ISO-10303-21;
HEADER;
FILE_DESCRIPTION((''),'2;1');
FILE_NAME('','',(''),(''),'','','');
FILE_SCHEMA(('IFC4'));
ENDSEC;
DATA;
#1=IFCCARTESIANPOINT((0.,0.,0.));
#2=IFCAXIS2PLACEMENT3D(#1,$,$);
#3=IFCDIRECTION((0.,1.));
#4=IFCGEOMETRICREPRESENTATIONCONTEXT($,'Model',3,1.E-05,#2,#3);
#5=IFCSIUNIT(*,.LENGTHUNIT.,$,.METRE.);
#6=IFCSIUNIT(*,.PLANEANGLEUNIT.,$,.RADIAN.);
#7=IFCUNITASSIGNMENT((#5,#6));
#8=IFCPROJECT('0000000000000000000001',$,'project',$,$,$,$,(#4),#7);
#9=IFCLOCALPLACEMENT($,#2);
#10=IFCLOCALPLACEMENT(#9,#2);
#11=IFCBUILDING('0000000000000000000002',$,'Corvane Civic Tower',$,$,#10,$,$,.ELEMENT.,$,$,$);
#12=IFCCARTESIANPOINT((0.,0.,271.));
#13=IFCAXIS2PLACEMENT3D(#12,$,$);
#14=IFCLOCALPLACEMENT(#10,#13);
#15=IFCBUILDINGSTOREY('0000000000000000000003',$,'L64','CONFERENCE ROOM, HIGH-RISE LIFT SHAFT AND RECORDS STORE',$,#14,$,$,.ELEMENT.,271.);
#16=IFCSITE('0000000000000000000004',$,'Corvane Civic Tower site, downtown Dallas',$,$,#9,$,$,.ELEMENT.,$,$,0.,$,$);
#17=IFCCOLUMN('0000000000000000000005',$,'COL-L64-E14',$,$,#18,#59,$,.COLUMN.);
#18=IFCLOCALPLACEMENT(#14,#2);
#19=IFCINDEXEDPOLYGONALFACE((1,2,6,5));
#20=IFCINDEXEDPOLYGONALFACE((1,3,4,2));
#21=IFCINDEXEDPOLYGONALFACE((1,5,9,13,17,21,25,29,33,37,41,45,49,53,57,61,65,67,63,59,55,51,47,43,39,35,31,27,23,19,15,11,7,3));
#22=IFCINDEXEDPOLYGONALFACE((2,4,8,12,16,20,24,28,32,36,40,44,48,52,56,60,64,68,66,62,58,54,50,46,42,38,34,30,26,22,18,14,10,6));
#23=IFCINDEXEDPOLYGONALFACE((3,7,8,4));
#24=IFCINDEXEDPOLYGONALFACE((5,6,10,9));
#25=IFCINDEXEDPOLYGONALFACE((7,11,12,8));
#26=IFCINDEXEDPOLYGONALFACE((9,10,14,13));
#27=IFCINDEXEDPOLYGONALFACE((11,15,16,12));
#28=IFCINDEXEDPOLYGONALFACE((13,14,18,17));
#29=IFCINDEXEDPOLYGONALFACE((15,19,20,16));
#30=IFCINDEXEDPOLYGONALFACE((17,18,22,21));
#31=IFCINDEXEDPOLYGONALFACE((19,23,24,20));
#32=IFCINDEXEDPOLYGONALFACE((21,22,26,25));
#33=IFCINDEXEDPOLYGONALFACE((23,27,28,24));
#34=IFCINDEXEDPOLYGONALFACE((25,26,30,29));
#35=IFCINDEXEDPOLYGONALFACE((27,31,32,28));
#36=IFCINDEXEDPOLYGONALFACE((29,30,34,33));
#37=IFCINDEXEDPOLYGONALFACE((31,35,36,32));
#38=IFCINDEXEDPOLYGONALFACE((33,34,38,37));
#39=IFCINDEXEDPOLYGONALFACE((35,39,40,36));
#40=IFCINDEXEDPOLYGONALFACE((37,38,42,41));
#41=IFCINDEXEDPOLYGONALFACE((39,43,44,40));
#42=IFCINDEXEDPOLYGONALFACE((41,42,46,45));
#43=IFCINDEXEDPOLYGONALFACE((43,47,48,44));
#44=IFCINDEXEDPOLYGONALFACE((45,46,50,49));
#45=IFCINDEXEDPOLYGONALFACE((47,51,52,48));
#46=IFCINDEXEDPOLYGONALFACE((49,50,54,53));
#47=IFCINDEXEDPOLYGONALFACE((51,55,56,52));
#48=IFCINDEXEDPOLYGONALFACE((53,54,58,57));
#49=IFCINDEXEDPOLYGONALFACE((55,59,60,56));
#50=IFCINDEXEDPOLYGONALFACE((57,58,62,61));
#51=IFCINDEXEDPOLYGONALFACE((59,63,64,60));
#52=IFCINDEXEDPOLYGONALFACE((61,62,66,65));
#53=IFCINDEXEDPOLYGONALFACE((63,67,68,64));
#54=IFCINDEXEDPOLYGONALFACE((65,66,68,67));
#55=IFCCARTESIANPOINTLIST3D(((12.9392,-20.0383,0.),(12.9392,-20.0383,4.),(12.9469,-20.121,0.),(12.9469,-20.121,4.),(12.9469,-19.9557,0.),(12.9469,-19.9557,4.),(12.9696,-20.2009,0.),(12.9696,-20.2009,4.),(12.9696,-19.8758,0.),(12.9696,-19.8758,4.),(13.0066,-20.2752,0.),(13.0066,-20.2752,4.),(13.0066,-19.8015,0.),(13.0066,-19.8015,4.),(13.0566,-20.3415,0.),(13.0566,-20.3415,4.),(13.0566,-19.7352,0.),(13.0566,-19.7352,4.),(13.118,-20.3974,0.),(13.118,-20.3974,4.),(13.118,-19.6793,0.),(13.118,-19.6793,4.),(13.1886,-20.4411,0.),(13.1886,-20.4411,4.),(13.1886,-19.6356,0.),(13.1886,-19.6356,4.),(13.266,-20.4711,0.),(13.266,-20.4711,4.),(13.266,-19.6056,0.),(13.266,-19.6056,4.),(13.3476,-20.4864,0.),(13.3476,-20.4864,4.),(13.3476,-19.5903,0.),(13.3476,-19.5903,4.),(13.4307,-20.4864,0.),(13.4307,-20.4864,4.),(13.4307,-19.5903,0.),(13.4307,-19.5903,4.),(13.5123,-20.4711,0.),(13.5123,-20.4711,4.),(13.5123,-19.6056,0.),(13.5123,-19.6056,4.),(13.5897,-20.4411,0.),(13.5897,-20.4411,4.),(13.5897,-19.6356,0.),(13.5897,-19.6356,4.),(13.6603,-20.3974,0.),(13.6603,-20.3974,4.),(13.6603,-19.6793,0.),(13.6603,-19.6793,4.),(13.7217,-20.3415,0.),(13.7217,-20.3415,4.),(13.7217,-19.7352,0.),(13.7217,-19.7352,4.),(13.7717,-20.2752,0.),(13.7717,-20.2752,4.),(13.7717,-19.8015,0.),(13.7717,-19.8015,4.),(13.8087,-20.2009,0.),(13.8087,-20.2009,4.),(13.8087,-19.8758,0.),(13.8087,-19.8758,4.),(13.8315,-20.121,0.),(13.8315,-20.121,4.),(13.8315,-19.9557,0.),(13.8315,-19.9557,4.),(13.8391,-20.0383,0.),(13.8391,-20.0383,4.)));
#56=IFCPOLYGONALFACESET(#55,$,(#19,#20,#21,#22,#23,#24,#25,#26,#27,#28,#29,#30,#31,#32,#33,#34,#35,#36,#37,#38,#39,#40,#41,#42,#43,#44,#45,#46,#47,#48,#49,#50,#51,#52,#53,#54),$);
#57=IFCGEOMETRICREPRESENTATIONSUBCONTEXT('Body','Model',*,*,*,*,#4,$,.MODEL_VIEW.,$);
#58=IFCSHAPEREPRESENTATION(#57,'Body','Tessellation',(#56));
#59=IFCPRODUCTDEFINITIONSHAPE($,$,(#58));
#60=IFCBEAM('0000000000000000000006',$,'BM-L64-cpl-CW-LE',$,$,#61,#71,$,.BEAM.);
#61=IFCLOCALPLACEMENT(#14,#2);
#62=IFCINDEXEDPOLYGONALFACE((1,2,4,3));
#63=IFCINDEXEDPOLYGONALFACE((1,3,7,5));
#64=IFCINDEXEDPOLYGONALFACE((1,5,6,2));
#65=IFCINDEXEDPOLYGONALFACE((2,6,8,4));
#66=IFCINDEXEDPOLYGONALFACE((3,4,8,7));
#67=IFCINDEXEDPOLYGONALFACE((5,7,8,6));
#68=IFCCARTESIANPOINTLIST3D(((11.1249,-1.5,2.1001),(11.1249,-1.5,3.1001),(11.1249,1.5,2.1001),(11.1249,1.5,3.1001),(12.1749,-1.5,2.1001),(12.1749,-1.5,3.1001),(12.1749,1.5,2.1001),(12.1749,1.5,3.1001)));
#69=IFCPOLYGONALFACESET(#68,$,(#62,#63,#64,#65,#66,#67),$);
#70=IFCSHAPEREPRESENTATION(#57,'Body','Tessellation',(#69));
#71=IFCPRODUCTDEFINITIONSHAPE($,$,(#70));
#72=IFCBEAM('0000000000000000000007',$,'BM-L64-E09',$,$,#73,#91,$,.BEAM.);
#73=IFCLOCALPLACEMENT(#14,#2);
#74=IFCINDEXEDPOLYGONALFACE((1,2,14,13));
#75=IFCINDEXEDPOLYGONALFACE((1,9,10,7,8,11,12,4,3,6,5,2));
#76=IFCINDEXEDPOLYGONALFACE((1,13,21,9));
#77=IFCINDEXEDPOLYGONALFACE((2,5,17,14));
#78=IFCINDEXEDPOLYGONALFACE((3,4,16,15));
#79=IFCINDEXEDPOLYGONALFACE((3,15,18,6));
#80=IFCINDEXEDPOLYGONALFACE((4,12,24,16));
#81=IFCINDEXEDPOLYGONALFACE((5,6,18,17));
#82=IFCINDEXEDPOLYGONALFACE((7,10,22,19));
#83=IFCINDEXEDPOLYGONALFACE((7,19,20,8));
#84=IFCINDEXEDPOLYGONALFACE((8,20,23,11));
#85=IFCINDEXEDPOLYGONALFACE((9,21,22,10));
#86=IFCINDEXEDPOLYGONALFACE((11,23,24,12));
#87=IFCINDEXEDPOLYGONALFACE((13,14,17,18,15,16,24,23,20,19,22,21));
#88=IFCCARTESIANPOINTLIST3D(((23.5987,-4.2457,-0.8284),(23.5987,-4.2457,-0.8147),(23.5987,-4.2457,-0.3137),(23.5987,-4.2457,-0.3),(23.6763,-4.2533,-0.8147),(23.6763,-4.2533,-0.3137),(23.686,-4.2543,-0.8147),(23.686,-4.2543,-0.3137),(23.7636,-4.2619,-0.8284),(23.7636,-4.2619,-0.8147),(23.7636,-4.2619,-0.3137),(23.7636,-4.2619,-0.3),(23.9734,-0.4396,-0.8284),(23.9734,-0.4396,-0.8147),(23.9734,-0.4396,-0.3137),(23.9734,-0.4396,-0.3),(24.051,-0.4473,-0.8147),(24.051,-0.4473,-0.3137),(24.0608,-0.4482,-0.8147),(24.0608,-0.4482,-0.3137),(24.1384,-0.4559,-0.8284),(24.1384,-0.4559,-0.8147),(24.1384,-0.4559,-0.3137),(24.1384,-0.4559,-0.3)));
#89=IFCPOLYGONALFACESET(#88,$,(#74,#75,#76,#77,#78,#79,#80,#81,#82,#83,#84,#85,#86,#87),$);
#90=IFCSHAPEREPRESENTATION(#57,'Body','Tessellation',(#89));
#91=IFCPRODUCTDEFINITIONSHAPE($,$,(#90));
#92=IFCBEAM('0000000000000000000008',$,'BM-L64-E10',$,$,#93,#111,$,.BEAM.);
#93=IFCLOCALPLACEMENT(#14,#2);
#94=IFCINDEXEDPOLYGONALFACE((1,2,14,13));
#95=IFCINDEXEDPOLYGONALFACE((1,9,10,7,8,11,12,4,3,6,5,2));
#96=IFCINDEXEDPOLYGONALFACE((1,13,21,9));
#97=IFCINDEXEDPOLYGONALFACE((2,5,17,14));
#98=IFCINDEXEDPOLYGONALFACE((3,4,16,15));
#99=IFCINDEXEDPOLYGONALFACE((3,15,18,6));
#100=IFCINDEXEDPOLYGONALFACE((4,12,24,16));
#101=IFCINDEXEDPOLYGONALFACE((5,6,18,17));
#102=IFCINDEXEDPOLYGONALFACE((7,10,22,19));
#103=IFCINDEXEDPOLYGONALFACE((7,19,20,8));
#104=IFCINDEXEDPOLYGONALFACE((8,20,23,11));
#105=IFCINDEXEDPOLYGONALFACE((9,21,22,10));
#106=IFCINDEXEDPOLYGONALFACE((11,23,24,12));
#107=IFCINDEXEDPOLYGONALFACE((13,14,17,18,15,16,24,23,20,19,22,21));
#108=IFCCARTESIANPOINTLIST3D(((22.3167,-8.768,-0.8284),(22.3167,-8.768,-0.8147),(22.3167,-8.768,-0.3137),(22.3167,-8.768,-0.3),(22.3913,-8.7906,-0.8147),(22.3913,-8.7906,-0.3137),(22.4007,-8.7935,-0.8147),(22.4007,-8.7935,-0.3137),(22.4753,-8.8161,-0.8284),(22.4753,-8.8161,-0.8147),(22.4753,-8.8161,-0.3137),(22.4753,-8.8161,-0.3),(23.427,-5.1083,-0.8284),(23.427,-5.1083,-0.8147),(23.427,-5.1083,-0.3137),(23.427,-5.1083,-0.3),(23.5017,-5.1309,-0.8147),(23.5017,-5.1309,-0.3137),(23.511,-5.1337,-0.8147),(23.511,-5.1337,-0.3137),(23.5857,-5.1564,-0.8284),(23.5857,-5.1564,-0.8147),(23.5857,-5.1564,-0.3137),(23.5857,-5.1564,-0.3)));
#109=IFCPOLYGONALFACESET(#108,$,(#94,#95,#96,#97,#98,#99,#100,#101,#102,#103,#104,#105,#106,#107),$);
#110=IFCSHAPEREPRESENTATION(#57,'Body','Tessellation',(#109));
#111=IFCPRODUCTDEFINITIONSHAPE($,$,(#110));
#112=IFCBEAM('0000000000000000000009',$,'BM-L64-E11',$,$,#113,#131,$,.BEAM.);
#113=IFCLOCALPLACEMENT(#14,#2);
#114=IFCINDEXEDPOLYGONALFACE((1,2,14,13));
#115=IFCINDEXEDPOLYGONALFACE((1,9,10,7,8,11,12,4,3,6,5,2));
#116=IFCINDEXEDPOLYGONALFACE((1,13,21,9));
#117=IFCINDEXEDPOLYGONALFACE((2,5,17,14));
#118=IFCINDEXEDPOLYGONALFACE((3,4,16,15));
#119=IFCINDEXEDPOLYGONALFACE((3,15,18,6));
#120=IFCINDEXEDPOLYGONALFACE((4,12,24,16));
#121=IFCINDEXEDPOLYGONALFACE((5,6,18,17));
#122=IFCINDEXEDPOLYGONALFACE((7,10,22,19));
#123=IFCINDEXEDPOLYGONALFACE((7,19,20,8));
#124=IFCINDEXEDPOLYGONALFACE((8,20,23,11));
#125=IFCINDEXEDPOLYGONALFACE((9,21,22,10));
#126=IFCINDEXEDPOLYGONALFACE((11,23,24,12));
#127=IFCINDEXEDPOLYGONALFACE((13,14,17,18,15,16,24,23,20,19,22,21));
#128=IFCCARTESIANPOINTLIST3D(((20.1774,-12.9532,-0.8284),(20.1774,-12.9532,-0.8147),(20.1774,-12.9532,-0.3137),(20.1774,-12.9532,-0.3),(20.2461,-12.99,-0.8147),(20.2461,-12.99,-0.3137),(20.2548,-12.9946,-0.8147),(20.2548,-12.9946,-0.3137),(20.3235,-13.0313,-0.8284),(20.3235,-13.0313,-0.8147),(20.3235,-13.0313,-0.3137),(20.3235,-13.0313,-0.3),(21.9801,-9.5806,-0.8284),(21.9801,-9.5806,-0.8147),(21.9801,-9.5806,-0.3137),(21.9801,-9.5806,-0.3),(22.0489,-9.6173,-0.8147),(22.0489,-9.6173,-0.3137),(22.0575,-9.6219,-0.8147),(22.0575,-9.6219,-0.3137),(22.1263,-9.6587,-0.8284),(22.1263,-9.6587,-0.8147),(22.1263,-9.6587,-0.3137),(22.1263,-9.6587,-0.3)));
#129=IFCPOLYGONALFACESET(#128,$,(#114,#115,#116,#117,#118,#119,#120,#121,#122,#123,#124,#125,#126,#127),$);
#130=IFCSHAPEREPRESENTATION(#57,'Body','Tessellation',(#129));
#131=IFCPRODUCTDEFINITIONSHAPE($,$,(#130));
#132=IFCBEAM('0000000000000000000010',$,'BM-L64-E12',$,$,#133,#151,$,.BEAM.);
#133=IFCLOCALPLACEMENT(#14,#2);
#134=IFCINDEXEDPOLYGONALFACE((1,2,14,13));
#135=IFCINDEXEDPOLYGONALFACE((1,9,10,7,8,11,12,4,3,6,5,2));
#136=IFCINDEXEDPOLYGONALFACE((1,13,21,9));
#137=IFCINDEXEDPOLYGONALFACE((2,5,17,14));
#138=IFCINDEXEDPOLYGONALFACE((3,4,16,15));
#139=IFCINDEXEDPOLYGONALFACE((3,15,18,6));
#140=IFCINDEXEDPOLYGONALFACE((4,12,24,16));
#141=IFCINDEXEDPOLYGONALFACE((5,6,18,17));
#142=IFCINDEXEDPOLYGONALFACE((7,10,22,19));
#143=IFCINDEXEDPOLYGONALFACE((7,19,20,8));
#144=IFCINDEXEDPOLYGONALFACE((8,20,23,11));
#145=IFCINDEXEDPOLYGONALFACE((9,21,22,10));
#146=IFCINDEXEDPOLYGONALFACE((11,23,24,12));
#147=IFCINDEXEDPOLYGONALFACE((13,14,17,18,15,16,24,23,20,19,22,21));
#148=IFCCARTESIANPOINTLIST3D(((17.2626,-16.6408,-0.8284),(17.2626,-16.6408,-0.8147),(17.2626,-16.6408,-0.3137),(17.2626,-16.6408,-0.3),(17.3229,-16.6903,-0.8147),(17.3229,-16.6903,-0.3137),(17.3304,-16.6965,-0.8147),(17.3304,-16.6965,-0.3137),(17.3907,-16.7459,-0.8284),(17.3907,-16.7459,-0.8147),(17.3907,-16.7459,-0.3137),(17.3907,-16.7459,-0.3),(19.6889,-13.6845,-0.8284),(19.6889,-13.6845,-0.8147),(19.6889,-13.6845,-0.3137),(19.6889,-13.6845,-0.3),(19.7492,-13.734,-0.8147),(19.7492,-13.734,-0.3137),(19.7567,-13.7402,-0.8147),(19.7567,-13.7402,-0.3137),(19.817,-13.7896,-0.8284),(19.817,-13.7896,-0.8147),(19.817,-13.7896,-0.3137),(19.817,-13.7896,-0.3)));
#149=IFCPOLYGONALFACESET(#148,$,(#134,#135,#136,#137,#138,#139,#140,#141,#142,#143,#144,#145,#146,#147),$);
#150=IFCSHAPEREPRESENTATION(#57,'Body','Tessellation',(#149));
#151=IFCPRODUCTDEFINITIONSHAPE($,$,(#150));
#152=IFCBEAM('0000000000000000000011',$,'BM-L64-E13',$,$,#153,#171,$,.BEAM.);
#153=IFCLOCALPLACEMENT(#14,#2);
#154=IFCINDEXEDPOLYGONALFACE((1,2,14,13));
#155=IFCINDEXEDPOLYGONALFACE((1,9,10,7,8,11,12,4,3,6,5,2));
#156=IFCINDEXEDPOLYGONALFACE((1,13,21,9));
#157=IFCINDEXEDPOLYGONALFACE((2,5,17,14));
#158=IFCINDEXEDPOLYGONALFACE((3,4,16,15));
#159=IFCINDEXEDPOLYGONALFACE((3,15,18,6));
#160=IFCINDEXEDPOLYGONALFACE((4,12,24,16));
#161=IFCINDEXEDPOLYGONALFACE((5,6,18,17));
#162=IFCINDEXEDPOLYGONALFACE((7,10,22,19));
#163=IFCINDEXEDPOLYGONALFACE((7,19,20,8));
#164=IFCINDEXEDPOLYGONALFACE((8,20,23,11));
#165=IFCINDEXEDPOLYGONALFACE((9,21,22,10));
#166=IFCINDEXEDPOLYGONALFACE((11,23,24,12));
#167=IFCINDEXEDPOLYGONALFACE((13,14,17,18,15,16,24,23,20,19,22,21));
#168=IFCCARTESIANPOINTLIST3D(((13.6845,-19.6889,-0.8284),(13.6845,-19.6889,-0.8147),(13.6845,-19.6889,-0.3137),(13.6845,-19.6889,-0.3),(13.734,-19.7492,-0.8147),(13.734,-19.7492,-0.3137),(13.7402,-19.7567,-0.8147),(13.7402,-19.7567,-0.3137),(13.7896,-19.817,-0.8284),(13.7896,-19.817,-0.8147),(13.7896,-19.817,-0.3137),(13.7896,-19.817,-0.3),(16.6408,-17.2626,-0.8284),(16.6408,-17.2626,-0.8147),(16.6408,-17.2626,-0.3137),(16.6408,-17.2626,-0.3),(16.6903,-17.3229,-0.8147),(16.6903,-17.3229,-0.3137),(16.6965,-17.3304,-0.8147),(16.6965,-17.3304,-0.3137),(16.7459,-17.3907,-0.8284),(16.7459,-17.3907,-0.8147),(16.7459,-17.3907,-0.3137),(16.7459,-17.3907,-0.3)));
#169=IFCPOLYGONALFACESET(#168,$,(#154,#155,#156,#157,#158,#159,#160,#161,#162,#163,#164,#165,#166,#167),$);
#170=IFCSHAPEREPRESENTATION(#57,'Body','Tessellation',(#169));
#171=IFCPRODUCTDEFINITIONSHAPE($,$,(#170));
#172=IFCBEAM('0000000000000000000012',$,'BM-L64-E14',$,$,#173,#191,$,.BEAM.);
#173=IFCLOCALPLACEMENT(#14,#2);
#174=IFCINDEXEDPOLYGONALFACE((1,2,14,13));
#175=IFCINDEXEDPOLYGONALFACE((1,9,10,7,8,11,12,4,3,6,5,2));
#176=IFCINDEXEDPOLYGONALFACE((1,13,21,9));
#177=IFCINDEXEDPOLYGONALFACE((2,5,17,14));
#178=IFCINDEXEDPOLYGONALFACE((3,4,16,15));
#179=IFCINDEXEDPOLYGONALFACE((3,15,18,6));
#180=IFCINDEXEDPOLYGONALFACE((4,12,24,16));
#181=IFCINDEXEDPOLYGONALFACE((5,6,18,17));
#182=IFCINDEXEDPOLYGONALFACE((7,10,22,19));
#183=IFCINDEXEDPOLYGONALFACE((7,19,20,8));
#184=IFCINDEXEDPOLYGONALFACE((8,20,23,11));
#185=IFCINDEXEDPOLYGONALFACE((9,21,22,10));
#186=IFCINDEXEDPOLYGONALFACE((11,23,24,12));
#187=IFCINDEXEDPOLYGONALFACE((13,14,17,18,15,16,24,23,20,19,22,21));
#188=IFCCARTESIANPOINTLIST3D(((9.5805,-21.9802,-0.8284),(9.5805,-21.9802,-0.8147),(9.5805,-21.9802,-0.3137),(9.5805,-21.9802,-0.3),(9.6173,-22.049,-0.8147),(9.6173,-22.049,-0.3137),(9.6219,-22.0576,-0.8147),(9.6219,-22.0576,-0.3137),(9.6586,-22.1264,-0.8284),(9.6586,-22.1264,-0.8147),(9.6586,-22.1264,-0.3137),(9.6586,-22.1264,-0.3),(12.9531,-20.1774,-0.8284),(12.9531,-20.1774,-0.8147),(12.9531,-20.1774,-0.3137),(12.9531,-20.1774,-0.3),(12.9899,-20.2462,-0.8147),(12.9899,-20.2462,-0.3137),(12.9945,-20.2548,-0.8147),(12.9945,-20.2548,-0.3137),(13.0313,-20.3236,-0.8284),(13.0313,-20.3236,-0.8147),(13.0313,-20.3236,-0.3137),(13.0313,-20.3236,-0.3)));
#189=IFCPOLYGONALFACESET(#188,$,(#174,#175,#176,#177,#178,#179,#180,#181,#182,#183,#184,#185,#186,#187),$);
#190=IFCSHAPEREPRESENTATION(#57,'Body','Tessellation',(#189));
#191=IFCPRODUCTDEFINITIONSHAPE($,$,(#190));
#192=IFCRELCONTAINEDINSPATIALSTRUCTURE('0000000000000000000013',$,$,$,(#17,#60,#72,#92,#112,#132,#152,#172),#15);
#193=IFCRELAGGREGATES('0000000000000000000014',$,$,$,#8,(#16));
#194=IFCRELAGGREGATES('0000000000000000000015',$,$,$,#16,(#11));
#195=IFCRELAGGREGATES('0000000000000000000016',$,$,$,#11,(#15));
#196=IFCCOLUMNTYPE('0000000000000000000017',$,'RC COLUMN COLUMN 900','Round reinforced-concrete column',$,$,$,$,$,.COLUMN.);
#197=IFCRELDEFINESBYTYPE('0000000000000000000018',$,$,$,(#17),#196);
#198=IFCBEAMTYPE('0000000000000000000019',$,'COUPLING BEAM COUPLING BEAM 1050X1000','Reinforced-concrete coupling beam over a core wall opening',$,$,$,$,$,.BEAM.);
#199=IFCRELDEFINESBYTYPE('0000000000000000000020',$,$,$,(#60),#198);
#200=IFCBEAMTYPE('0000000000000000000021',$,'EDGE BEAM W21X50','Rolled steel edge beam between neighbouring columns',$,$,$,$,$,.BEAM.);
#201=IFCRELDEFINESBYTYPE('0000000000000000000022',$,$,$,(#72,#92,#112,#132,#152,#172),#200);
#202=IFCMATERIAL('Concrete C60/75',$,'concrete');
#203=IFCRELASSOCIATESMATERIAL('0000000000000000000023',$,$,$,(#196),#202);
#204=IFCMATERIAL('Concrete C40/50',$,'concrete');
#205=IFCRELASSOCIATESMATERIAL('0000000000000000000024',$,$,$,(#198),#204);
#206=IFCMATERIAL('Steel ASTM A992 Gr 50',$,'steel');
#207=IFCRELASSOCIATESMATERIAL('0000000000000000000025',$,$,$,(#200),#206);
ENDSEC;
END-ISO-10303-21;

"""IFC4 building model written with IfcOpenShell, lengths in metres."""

from ifc_helpers import new_model, si_unit, direction, frame, origin, origin_2d, place, context, subcontext, project, spatial, rectangle, circle, i_section, extrude, material, material_profile, profile_set, type_object, element, save


model = new_model("IFC4")

# Units and contexts
model_context = context("Model", 3, precision=1e-05, world=origin(), true_north=direction((0.0, 1.0)))
body_context = subcontext(model_context, "Body", "Model", "MODEL_VIEW")
ifc_project = project(units=[si_unit("LENGTHUNIT", "METRE"), si_unit("PLANEANGLEUNIT", "RADIAN")], contexts=[model_context])

# Site, building, storey
site_placement = place(None, origin())
site = spatial("IfcSite", under=ifc_project, at=site_placement, Name="Corvane Civic Tower site, downtown Dallas", CompositionType="ELEMENT", RefElevation=0.0)
building_placement = place(site_placement, origin())
building = spatial("IfcBuilding", under=site, at=building_placement, Name="Corvane Civic Tower", CompositionType="ELEMENT")
storey_placement = place(building_placement, frame((0.0, 0.0, 271.0)))
storey = spatial("IfcBuildingStorey", under=building, at=storey_placement, Name="L64", Description="CONFERENCE ROOM, HIGH-RISE LIFT SHAFT AND RECORDS STORE", CompositionType="ELEMENT", Elevation=271.0)

# Column
ifc_material_1 = material(Name="Concrete C60/75", Category="concrete")
ifc_material_profile_1 = material_profile(ifc_material_1, circle(Radius=0.45, at=origin_2d()), Name="COLUMN 900")
ifc_profile_set_1 = profile_set([ifc_material_profile_1], Name="Concrete C60/75")
column_type = type_object("IfcColumnType", Name="RC COLUMN COLUMN 900", Description="Round reinforced-concrete column", PredefinedType="COLUMN", material=ifc_profile_set_1)
for number, where, z_axis, x_axis, name in (
    (1, (13.3892, -20.0383, 0.0), (0.0, 0.0, 1.0), (1.0, 0.0, 0.0), "COL-L64-E14"),
):
    element("IfcColumn", number, at=place(storey_placement, frame(where, z_axis=z_axis, x_axis=x_axis)), inside=storey, type_object=column_type, Name=name, PredefinedType="COLUMN", context=body_context, shape_type="SweptSolid", body=[
        extrude(circle(Radius=0.45, at=origin_2d()), origin(), (0.0, 0.0, 1.0), 4.0),
    ])

# Beams
ifc_material_2 = material(Name="Concrete C40/50", Category="concrete")
ifc_material_profile_2 = material_profile(ifc_material_2, rectangle(XDim=1.05, YDim=1.0, at=origin_2d()), Name="COUPLING BEAM 1050X1000")
ifc_profile_set_2 = profile_set([ifc_material_profile_2], Name="Concrete C40/50")
beam_type_1 = type_object("IfcBeamType", Name="COUPLING BEAM COUPLING BEAM 1050X1000", Description="Reinforced-concrete coupling beam over a core wall opening", PredefinedType="BEAM", material=ifc_profile_set_2)
beam_1_placement = place(storey_placement, frame((11.6499, -1.5, 2.6001), z_axis=(0.0, 1.0, 0.0), x_axis=(-1.0, 0.0, 0.0)))
element("IfcBeam", 2, at=beam_1_placement, inside=storey, type_object=beam_type_1, Name="BM-L64-cpl-CW-LE", PredefinedType="BEAM", context=body_context, shape_type="SweptSolid", body=[
    extrude(rectangle(XDim=1.05, YDim=1.0, at=origin_2d()), origin(), (0.0, 0.0, 1.0), 3.0),
])
ifc_material_3 = material(Name="Steel ASTM A992 Gr 50", Category="steel")
ifc_material_profile_3 = material_profile(ifc_material_3, i_section(OverallWidth=0.1658, OverallDepth=0.5283, WebThickness=0.0098, FlangeThickness=0.0137, at=origin_2d()), Name="W21X50")
ifc_profile_set_3 = profile_set([ifc_material_profile_3], Name="Steel ASTM A992 Gr 50")
beam_type_2 = type_object("IfcBeamType", Name="EDGE BEAM W21X50", Description="Rolled steel edge beam between neighbouring columns", PredefinedType="BEAM", material=ifc_profile_set_3)
for number, where, z_axis, x_axis, name in (
    (3, (24.0559, -0.4478, -0.5642), (-0.097987, -0.995188, 0.0), (0.995188, -0.097987, 0.0), "BM-L64-E09"),
    (4, (23.5063, -5.1323, -0.5642), (-0.290333, -0.956926, 0.0), (0.956926, -0.290333, 0.0), "BM-L64-E10"),
):
    element("IfcBeam", number, at=place(storey_placement, frame(where, z_axis=z_axis, x_axis=x_axis)), inside=storey, type_object=beam_type_2, Name=name, PredefinedType="BEAM", context=body_context, shape_type="SweptSolid", body=[
        extrude(i_section(OverallWidth=0.1658, OverallDepth=0.5283, WebThickness=0.0098, FlangeThickness=0.0137, at=origin_2d()), origin(), (0.0, 0.0, 1.0), 3.8245),
    ])
beam_2_placement = place(storey_placement, frame((22.0532, -9.6196, -0.5642), z_axis=(-0.47141, -0.881914, 0.0), x_axis=(0.881914, -0.47141, 0.0)))
element("IfcBeam", 5, at=beam_2_placement, inside=storey, type_object=beam_type_2, Name="BM-L64-E11", PredefinedType="BEAM", context=body_context, shape_type="SweptSolid", body=[
    extrude(i_section(OverallWidth=0.1658, OverallDepth=0.5283, WebThickness=0.0098, FlangeThickness=0.0137, at=origin_2d()), origin(), (0.0, 0.0, 1.0), 3.8242),
])
for number, where, z_axis, x_axis, name in (
    (6, (19.7529, -13.7371, -0.5642), (-0.634409, -0.772998, 0.0), (0.772998, -0.634409, 0.0), "BM-L64-E12"),
    (7, (16.6934, -17.3267, -0.5642), (-0.772998, -0.634409, 0.0), (0.634409, -0.772998, 0.0), "BM-L64-E13"),
):
    element("IfcBeam", number, at=place(storey_placement, frame(where, z_axis=z_axis, x_axis=x_axis)), inside=storey, type_object=beam_type_2, Name=name, PredefinedType="BEAM", context=body_context, shape_type="SweptSolid", body=[
        extrude(i_section(OverallWidth=0.1658, OverallDepth=0.5283, WebThickness=0.0098, FlangeThickness=0.0137, at=origin_2d()), origin(), (0.0, 0.0, 1.0), 3.8245),
    ])
beam_3_placement = place(storey_placement, frame((12.9922, -20.2505, -0.5642), z_axis=(-0.881914, -0.47141, 0.0), x_axis=(0.47141, -0.881914, 0.0)))
element("IfcBeam", 8, at=beam_3_placement, inside=storey, type_object=beam_type_2, Name="BM-L64-E14", PredefinedType="BEAM", context=body_context, shape_type="SweptSolid", body=[
    extrude(i_section(OverallWidth=0.1658, OverallDepth=0.5283, WebThickness=0.0098, FlangeThickness=0.0137, at=origin_2d()), origin(), (0.0, 0.0, 1.0), 3.8242),
])

save(model, "model.ifc")
